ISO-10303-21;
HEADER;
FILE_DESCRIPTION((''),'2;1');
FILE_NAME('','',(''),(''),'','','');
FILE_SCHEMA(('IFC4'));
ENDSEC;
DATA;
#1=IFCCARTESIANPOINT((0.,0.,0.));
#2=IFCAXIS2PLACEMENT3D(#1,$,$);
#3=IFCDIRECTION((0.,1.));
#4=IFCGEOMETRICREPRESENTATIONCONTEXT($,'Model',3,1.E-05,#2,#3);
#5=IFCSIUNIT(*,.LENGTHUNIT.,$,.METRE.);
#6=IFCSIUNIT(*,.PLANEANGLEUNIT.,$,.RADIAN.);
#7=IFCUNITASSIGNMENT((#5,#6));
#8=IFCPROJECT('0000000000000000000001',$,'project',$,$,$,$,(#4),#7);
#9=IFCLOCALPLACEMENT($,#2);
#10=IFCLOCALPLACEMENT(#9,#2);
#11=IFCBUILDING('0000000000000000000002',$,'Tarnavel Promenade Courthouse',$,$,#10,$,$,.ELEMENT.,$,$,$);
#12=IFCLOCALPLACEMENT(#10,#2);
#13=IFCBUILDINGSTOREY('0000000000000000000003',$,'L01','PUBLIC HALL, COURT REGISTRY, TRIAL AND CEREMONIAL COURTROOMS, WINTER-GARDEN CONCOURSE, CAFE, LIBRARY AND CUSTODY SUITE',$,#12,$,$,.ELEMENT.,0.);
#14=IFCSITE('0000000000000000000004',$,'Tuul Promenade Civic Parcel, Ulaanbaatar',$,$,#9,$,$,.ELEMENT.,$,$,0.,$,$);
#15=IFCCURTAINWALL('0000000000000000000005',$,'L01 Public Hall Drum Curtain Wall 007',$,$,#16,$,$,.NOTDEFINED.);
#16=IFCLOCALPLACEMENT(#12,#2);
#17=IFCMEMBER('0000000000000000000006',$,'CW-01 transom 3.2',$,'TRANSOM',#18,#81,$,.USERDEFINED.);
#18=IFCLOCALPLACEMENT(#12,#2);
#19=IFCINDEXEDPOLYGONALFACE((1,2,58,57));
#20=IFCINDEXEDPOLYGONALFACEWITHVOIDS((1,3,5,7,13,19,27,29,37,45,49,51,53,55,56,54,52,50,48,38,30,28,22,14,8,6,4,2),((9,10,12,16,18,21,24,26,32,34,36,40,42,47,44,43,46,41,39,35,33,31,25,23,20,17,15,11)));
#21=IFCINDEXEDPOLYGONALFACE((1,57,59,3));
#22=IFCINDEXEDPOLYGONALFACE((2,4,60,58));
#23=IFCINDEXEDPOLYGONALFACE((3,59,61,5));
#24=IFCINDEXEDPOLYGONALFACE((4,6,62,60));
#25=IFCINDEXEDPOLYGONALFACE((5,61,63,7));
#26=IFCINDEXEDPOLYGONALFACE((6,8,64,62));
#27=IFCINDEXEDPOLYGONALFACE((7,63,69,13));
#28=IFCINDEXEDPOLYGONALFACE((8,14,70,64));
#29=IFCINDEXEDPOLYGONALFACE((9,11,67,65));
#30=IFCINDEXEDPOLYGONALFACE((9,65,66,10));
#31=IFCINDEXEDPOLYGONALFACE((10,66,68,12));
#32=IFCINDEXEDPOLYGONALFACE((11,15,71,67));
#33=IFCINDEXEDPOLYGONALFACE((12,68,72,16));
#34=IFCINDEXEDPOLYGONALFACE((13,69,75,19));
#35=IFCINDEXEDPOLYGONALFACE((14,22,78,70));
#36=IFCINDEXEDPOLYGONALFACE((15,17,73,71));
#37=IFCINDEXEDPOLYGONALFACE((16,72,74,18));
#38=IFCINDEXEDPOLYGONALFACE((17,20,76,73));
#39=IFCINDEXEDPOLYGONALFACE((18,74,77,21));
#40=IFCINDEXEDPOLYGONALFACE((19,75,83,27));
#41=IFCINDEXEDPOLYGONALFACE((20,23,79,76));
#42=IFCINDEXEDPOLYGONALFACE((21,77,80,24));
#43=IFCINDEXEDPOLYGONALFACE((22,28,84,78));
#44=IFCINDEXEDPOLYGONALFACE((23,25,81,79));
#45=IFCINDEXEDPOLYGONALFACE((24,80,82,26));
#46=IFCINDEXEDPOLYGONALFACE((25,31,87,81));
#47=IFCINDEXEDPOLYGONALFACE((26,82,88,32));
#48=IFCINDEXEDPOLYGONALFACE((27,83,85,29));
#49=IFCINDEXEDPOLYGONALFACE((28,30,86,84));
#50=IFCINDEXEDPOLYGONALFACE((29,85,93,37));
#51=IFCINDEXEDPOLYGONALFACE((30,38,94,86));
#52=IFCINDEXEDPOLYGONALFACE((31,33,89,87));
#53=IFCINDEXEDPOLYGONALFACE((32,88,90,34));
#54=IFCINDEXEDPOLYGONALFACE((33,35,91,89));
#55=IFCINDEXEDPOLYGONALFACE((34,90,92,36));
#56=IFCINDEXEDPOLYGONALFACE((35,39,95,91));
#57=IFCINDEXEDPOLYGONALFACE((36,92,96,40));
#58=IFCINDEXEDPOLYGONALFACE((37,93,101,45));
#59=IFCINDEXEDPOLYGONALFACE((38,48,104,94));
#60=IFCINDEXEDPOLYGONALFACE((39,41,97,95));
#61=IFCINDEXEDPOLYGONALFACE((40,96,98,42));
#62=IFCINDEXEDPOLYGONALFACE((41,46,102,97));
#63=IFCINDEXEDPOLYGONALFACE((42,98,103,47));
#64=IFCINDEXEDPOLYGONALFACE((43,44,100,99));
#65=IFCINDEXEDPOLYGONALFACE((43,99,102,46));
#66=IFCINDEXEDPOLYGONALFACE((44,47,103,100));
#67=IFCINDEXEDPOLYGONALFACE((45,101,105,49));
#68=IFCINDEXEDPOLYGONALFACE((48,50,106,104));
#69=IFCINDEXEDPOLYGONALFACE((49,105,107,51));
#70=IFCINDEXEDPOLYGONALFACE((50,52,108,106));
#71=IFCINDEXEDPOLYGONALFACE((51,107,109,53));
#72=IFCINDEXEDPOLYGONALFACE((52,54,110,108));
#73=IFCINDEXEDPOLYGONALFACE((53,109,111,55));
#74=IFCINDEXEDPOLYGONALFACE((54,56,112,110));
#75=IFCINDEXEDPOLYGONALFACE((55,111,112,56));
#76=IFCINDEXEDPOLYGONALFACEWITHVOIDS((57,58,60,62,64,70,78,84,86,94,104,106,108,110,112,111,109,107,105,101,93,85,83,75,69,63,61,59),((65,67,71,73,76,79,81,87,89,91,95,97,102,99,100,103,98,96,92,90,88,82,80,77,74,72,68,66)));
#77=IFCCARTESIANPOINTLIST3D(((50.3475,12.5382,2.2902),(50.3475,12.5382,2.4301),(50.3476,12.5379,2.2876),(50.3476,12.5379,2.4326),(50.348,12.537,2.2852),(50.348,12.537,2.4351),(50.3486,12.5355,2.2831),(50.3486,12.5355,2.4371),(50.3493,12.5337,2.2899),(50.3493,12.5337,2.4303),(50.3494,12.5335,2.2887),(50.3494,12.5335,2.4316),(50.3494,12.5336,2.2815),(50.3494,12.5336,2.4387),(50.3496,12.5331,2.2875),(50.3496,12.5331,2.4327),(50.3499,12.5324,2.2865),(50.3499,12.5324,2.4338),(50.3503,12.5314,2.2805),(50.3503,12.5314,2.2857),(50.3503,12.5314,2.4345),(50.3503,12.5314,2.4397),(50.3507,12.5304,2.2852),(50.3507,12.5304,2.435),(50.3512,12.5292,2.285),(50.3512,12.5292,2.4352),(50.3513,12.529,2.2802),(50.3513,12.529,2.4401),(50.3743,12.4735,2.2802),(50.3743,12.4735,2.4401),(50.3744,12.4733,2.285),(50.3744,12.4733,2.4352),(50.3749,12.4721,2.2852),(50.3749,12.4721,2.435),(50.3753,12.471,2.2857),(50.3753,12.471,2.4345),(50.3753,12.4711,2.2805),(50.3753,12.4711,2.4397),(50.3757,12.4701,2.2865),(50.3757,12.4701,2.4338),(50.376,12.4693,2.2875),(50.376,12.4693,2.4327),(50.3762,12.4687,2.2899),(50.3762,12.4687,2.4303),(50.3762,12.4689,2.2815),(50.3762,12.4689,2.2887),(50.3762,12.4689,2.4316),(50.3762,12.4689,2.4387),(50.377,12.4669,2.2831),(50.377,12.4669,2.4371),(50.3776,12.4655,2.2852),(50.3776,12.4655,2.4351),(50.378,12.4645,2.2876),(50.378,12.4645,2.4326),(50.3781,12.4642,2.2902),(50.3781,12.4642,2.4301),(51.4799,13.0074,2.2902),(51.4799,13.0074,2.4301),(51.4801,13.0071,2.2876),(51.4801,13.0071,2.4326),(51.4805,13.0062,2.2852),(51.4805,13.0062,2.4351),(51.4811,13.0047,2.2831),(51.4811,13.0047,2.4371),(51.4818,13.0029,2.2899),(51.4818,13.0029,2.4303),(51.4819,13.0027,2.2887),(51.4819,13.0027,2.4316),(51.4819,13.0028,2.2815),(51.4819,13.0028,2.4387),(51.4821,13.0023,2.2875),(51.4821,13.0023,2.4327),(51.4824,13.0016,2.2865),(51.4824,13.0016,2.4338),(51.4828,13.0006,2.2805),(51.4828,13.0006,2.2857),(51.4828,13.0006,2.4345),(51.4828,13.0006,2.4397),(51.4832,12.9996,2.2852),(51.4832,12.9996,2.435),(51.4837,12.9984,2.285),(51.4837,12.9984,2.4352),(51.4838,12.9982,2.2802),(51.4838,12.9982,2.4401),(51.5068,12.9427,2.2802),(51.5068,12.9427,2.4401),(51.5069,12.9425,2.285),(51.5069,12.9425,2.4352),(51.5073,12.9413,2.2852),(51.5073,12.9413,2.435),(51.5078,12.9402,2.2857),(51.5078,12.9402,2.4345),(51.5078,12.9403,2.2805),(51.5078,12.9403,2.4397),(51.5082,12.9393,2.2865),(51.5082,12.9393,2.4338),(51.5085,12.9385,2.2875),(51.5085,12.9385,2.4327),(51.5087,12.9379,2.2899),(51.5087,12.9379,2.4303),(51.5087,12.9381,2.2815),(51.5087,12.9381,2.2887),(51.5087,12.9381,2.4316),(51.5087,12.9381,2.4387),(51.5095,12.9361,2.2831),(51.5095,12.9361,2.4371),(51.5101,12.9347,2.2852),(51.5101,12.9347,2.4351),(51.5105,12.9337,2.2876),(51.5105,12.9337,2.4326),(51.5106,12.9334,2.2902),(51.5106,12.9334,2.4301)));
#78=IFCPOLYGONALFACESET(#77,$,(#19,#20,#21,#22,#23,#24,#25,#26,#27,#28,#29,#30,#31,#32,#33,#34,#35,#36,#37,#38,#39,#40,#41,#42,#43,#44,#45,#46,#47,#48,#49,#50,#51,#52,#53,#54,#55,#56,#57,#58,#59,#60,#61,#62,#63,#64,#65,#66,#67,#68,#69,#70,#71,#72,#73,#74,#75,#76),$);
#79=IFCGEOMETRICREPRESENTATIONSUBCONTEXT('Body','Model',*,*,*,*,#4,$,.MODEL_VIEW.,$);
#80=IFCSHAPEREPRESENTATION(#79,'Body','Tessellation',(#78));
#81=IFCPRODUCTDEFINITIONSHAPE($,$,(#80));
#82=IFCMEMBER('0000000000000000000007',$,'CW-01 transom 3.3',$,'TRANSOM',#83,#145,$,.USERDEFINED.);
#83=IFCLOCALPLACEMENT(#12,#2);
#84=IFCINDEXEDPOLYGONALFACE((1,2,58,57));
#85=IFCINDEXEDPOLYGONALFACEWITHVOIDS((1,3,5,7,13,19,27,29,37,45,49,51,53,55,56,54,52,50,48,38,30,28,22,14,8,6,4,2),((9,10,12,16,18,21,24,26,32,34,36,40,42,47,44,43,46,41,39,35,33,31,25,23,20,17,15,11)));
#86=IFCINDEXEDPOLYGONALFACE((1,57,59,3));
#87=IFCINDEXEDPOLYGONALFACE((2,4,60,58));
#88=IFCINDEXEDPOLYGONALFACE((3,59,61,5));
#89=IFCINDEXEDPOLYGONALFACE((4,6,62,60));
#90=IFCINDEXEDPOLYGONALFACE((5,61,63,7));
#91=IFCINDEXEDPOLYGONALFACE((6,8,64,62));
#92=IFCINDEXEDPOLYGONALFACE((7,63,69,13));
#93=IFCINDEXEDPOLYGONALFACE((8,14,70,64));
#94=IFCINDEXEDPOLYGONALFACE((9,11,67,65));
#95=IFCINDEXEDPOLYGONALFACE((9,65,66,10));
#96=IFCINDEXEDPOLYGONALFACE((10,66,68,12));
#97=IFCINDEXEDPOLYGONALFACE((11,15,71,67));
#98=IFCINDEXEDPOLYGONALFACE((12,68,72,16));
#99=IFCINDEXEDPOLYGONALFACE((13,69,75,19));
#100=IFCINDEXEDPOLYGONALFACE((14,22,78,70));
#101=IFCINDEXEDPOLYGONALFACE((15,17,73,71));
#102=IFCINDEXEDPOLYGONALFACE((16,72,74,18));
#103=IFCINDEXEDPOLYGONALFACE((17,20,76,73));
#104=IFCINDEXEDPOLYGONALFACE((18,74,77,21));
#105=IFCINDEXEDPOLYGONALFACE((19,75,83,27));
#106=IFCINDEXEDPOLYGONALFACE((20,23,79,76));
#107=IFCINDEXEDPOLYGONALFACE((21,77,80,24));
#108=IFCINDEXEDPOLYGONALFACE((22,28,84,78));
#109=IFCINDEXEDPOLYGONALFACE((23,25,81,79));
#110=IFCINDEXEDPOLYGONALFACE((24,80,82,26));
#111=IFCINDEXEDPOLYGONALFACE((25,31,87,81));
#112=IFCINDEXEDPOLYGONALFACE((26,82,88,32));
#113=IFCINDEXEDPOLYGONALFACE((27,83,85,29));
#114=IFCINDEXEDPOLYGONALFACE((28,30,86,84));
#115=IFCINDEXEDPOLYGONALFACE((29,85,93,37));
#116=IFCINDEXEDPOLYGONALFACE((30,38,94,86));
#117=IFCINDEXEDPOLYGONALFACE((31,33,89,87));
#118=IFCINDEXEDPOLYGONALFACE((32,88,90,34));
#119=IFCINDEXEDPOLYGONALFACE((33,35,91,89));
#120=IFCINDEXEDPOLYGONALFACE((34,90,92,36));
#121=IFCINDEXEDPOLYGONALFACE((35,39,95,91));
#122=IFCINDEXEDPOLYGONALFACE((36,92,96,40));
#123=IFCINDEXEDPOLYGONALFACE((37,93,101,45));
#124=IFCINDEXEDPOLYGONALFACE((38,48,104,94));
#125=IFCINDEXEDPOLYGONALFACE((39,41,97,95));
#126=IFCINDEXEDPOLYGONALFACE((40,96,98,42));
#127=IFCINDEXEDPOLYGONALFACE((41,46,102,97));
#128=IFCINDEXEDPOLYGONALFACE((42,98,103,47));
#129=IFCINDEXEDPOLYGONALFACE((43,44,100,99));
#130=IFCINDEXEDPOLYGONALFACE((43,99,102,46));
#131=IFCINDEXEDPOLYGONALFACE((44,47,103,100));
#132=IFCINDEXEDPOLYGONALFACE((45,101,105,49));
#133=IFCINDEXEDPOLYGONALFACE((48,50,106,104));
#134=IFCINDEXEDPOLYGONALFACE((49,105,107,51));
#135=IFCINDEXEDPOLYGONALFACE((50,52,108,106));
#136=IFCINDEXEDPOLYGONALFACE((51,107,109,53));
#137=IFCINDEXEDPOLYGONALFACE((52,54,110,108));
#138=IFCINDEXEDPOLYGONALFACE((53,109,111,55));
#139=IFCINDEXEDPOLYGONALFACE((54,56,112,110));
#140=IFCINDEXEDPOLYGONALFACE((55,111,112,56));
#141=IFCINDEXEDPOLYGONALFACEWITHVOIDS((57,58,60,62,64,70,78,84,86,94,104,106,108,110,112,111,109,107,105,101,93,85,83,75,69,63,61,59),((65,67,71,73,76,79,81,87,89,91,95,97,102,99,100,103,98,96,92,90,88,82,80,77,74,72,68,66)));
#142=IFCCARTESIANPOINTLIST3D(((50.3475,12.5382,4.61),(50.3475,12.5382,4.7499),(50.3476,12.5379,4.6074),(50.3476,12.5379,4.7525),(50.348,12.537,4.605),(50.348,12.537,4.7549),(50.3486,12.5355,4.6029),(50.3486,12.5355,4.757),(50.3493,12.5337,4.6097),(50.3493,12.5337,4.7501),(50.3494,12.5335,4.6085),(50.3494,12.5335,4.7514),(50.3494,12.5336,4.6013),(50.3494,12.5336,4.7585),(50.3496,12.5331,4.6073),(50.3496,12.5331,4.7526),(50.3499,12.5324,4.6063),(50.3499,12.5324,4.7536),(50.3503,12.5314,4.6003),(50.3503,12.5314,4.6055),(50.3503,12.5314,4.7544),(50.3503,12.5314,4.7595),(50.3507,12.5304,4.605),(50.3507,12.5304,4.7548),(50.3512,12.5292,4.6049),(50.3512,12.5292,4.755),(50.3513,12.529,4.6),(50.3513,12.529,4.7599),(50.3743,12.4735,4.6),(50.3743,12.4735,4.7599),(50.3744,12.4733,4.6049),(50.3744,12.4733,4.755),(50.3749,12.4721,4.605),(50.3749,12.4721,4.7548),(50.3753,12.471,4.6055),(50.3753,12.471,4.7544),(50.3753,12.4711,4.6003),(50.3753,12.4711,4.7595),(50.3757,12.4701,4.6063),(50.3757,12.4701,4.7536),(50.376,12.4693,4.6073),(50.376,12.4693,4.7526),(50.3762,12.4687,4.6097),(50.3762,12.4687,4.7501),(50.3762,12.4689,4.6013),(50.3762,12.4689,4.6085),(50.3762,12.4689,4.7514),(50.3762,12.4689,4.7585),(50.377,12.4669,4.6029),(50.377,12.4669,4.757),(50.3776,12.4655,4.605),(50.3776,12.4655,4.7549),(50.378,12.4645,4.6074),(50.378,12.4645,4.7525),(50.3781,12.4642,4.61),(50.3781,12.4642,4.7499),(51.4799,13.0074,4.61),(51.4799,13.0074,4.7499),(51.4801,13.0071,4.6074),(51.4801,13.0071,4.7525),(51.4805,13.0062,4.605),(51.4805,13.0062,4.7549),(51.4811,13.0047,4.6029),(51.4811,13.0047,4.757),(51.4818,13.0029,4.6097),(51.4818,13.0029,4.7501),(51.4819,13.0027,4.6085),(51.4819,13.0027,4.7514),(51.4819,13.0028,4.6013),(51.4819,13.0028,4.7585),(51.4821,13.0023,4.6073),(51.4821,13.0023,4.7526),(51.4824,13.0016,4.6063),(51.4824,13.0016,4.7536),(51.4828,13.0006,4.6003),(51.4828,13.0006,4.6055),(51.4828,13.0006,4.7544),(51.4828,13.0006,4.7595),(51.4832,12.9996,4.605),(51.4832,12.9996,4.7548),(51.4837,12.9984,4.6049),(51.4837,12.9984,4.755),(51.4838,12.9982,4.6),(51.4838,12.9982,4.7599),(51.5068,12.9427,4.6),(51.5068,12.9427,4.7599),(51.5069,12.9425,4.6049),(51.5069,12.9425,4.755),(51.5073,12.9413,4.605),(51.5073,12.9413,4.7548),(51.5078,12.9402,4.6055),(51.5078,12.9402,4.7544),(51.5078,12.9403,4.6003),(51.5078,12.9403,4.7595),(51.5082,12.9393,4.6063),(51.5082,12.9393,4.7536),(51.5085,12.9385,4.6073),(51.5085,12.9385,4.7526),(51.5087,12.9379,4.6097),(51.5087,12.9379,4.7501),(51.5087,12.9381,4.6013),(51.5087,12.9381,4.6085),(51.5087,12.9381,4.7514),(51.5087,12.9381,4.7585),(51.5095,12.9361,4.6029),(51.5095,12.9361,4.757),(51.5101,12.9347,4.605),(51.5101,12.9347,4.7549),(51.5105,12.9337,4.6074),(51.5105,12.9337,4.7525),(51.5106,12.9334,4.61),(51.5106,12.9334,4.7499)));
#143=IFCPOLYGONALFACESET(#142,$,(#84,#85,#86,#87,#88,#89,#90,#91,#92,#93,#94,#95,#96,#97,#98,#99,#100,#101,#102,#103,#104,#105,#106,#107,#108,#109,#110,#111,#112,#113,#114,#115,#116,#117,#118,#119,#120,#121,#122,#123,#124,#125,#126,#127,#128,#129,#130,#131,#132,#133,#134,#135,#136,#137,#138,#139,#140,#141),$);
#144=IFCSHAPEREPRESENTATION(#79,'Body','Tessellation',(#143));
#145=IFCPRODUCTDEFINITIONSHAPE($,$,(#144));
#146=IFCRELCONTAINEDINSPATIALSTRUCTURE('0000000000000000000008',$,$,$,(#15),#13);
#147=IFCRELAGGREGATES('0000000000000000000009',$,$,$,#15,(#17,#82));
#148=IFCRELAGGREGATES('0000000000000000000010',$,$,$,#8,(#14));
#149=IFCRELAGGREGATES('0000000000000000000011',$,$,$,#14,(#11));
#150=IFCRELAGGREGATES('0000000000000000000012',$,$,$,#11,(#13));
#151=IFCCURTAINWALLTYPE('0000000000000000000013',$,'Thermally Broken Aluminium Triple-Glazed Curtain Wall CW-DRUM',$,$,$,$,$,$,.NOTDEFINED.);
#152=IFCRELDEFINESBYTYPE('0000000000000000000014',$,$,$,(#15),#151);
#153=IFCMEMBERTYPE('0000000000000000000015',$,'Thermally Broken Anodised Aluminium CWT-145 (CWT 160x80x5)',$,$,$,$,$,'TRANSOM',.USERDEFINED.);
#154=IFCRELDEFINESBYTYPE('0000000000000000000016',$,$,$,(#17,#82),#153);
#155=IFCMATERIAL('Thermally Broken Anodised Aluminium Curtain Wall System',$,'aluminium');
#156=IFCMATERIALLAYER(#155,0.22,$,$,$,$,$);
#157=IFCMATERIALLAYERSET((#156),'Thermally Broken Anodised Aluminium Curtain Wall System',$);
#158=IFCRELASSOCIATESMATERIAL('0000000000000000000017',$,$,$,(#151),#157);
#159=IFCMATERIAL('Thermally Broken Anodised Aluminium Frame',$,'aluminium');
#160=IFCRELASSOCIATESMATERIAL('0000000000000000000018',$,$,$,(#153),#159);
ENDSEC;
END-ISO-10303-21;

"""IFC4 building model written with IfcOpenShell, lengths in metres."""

from ifc_helpers import new_model, si_unit, direction, frame, origin, origin_2d, place, context, subcontext, project, spatial, hollow_rectangle, extrude, material, layer, layer_set, material_profile, profile_set, type_object, element, aggregate, save


model = new_model("IFC4")

# Units and contexts
model_context = context("Model", 3, precision=1e-05, world=origin(), true_north=direction((0.0, 1.0)))
body_context = subcontext(model_context, "Body", "Model", "MODEL_VIEW")
ifc_project = project(units=[si_unit("LENGTHUNIT", "METRE"), si_unit("PLANEANGLEUNIT", "RADIAN")], contexts=[model_context])

# Site, building, storey
site_placement = place(None, origin())
site = spatial("IfcSite", under=ifc_project, at=site_placement, Name="Tuul Promenade Civic Parcel, Ulaanbaatar", CompositionType="ELEMENT", RefElevation=0.0)
building_placement = place(site_placement, origin())
building = spatial("IfcBuilding", under=site, at=building_placement, Name="Tarnavel Promenade Courthouse", CompositionType="ELEMENT")
storey_placement = place(building_placement, origin())
storey = spatial("IfcBuildingStorey", under=building, at=storey_placement, Name="L01", Description="PUBLIC HALL, COURT REGISTRY, TRIAL AND CEREMONIAL COURTROOMS, WINTER-GARDEN CONCOURSE, CAFE, LIBRARY AND CUSTODY SUITE", CompositionType="ELEMENT", Elevation=0.0)

# Curtain wall
ifc_material_1 = material(Name="Thermally Broken Anodised Aluminium Curtain Wall System", Category="aluminium")
ifc_layer_1 = layer(ifc_material_1, 0.22)
ifc_layer_set_1 = layer_set([ifc_layer_1], Name="Thermally Broken Anodised Aluminium Curtain Wall System")
curtain_wall_type = type_object("IfcCurtainWallType", Name="Thermally Broken Aluminium Triple-Glazed Curtain Wall CW-DRUM", PredefinedType="NOTDEFINED", material=ifc_layer_set_1)
curtain_wall_1_placement = place(storey_placement, origin())
curtain_wall_1 = element("IfcCurtainWall", 1, at=curtain_wall_1_placement, inside=storey, type_object=curtain_wall_type, Name="L01 Public Hall Drum Curtain Wall 007", PredefinedType="NOTDEFINED")
ifc_material_2 = material(Name="Thermally Broken Anodised Aluminium Frame", Category="aluminium")

# Members
ifc_material_profile_1 = material_profile(ifc_material_2, hollow_rectangle(XDim=0.0801, YDim=0.1599, WallThickness=0.0049, InnerFilletRadius=0.0049, OuterFilletRadius=0.01, at=origin_2d()), Name="CWT 160x80x5")
ifc_profile_set_1 = profile_set([ifc_material_profile_1], Name="Thermally Broken Anodised Aluminium Frame")
member_type_1 = type_object("IfcMemberType", Name="Thermally Broken Anodised Aluminium CWT-145 (CWT 160x80x5)", ElementType="TRANSOM", PredefinedType="USERDEFINED", material=ifc_profile_set_1)
member_1_placement = place(storey_placement, frame((50.3628, 12.5012, 2.3601), z_axis=(0.923847, 0.382762, 0.0), x_axis=(-0.382762, 0.923847, 0.0)))
member_1 = element("IfcMember", 2, at=member_1_placement, type_object=member_type_1, Name="CW-01 transom 3.2", ObjectType="TRANSOM", PredefinedType="USERDEFINED", context=body_context, shape_type="SweptSolid", body=[
    extrude(hollow_rectangle(XDim=0.0801, YDim=0.1599, WallThickness=0.0049, InnerFilletRadius=0.0049, OuterFilletRadius=0.01, at=origin_2d()), origin(), (0.0, 0.0, 1.0), 1.2258),
])
member_2_placement = place(storey_placement, frame((50.3628, 12.5012, 4.6799), z_axis=(0.923847, 0.382762, 0.0), x_axis=(-0.382762, 0.923847, 0.0)))
member_2 = element("IfcMember", 3, at=member_2_placement, type_object=member_type_1, Name="CW-01 transom 3.3", ObjectType="TRANSOM", PredefinedType="USERDEFINED", context=body_context, shape_type="SweptSolid", body=[
    extrude(hollow_rectangle(XDim=0.0801, YDim=0.1599, WallThickness=0.0049, InnerFilletRadius=0.0049, OuterFilletRadius=0.01, at=origin_2d()), origin(), (0.0, 0.0, 1.0), 1.2258),
])

aggregate(curtain_wall_1, [member_1, member_2])

save(model, "model.ifc")
